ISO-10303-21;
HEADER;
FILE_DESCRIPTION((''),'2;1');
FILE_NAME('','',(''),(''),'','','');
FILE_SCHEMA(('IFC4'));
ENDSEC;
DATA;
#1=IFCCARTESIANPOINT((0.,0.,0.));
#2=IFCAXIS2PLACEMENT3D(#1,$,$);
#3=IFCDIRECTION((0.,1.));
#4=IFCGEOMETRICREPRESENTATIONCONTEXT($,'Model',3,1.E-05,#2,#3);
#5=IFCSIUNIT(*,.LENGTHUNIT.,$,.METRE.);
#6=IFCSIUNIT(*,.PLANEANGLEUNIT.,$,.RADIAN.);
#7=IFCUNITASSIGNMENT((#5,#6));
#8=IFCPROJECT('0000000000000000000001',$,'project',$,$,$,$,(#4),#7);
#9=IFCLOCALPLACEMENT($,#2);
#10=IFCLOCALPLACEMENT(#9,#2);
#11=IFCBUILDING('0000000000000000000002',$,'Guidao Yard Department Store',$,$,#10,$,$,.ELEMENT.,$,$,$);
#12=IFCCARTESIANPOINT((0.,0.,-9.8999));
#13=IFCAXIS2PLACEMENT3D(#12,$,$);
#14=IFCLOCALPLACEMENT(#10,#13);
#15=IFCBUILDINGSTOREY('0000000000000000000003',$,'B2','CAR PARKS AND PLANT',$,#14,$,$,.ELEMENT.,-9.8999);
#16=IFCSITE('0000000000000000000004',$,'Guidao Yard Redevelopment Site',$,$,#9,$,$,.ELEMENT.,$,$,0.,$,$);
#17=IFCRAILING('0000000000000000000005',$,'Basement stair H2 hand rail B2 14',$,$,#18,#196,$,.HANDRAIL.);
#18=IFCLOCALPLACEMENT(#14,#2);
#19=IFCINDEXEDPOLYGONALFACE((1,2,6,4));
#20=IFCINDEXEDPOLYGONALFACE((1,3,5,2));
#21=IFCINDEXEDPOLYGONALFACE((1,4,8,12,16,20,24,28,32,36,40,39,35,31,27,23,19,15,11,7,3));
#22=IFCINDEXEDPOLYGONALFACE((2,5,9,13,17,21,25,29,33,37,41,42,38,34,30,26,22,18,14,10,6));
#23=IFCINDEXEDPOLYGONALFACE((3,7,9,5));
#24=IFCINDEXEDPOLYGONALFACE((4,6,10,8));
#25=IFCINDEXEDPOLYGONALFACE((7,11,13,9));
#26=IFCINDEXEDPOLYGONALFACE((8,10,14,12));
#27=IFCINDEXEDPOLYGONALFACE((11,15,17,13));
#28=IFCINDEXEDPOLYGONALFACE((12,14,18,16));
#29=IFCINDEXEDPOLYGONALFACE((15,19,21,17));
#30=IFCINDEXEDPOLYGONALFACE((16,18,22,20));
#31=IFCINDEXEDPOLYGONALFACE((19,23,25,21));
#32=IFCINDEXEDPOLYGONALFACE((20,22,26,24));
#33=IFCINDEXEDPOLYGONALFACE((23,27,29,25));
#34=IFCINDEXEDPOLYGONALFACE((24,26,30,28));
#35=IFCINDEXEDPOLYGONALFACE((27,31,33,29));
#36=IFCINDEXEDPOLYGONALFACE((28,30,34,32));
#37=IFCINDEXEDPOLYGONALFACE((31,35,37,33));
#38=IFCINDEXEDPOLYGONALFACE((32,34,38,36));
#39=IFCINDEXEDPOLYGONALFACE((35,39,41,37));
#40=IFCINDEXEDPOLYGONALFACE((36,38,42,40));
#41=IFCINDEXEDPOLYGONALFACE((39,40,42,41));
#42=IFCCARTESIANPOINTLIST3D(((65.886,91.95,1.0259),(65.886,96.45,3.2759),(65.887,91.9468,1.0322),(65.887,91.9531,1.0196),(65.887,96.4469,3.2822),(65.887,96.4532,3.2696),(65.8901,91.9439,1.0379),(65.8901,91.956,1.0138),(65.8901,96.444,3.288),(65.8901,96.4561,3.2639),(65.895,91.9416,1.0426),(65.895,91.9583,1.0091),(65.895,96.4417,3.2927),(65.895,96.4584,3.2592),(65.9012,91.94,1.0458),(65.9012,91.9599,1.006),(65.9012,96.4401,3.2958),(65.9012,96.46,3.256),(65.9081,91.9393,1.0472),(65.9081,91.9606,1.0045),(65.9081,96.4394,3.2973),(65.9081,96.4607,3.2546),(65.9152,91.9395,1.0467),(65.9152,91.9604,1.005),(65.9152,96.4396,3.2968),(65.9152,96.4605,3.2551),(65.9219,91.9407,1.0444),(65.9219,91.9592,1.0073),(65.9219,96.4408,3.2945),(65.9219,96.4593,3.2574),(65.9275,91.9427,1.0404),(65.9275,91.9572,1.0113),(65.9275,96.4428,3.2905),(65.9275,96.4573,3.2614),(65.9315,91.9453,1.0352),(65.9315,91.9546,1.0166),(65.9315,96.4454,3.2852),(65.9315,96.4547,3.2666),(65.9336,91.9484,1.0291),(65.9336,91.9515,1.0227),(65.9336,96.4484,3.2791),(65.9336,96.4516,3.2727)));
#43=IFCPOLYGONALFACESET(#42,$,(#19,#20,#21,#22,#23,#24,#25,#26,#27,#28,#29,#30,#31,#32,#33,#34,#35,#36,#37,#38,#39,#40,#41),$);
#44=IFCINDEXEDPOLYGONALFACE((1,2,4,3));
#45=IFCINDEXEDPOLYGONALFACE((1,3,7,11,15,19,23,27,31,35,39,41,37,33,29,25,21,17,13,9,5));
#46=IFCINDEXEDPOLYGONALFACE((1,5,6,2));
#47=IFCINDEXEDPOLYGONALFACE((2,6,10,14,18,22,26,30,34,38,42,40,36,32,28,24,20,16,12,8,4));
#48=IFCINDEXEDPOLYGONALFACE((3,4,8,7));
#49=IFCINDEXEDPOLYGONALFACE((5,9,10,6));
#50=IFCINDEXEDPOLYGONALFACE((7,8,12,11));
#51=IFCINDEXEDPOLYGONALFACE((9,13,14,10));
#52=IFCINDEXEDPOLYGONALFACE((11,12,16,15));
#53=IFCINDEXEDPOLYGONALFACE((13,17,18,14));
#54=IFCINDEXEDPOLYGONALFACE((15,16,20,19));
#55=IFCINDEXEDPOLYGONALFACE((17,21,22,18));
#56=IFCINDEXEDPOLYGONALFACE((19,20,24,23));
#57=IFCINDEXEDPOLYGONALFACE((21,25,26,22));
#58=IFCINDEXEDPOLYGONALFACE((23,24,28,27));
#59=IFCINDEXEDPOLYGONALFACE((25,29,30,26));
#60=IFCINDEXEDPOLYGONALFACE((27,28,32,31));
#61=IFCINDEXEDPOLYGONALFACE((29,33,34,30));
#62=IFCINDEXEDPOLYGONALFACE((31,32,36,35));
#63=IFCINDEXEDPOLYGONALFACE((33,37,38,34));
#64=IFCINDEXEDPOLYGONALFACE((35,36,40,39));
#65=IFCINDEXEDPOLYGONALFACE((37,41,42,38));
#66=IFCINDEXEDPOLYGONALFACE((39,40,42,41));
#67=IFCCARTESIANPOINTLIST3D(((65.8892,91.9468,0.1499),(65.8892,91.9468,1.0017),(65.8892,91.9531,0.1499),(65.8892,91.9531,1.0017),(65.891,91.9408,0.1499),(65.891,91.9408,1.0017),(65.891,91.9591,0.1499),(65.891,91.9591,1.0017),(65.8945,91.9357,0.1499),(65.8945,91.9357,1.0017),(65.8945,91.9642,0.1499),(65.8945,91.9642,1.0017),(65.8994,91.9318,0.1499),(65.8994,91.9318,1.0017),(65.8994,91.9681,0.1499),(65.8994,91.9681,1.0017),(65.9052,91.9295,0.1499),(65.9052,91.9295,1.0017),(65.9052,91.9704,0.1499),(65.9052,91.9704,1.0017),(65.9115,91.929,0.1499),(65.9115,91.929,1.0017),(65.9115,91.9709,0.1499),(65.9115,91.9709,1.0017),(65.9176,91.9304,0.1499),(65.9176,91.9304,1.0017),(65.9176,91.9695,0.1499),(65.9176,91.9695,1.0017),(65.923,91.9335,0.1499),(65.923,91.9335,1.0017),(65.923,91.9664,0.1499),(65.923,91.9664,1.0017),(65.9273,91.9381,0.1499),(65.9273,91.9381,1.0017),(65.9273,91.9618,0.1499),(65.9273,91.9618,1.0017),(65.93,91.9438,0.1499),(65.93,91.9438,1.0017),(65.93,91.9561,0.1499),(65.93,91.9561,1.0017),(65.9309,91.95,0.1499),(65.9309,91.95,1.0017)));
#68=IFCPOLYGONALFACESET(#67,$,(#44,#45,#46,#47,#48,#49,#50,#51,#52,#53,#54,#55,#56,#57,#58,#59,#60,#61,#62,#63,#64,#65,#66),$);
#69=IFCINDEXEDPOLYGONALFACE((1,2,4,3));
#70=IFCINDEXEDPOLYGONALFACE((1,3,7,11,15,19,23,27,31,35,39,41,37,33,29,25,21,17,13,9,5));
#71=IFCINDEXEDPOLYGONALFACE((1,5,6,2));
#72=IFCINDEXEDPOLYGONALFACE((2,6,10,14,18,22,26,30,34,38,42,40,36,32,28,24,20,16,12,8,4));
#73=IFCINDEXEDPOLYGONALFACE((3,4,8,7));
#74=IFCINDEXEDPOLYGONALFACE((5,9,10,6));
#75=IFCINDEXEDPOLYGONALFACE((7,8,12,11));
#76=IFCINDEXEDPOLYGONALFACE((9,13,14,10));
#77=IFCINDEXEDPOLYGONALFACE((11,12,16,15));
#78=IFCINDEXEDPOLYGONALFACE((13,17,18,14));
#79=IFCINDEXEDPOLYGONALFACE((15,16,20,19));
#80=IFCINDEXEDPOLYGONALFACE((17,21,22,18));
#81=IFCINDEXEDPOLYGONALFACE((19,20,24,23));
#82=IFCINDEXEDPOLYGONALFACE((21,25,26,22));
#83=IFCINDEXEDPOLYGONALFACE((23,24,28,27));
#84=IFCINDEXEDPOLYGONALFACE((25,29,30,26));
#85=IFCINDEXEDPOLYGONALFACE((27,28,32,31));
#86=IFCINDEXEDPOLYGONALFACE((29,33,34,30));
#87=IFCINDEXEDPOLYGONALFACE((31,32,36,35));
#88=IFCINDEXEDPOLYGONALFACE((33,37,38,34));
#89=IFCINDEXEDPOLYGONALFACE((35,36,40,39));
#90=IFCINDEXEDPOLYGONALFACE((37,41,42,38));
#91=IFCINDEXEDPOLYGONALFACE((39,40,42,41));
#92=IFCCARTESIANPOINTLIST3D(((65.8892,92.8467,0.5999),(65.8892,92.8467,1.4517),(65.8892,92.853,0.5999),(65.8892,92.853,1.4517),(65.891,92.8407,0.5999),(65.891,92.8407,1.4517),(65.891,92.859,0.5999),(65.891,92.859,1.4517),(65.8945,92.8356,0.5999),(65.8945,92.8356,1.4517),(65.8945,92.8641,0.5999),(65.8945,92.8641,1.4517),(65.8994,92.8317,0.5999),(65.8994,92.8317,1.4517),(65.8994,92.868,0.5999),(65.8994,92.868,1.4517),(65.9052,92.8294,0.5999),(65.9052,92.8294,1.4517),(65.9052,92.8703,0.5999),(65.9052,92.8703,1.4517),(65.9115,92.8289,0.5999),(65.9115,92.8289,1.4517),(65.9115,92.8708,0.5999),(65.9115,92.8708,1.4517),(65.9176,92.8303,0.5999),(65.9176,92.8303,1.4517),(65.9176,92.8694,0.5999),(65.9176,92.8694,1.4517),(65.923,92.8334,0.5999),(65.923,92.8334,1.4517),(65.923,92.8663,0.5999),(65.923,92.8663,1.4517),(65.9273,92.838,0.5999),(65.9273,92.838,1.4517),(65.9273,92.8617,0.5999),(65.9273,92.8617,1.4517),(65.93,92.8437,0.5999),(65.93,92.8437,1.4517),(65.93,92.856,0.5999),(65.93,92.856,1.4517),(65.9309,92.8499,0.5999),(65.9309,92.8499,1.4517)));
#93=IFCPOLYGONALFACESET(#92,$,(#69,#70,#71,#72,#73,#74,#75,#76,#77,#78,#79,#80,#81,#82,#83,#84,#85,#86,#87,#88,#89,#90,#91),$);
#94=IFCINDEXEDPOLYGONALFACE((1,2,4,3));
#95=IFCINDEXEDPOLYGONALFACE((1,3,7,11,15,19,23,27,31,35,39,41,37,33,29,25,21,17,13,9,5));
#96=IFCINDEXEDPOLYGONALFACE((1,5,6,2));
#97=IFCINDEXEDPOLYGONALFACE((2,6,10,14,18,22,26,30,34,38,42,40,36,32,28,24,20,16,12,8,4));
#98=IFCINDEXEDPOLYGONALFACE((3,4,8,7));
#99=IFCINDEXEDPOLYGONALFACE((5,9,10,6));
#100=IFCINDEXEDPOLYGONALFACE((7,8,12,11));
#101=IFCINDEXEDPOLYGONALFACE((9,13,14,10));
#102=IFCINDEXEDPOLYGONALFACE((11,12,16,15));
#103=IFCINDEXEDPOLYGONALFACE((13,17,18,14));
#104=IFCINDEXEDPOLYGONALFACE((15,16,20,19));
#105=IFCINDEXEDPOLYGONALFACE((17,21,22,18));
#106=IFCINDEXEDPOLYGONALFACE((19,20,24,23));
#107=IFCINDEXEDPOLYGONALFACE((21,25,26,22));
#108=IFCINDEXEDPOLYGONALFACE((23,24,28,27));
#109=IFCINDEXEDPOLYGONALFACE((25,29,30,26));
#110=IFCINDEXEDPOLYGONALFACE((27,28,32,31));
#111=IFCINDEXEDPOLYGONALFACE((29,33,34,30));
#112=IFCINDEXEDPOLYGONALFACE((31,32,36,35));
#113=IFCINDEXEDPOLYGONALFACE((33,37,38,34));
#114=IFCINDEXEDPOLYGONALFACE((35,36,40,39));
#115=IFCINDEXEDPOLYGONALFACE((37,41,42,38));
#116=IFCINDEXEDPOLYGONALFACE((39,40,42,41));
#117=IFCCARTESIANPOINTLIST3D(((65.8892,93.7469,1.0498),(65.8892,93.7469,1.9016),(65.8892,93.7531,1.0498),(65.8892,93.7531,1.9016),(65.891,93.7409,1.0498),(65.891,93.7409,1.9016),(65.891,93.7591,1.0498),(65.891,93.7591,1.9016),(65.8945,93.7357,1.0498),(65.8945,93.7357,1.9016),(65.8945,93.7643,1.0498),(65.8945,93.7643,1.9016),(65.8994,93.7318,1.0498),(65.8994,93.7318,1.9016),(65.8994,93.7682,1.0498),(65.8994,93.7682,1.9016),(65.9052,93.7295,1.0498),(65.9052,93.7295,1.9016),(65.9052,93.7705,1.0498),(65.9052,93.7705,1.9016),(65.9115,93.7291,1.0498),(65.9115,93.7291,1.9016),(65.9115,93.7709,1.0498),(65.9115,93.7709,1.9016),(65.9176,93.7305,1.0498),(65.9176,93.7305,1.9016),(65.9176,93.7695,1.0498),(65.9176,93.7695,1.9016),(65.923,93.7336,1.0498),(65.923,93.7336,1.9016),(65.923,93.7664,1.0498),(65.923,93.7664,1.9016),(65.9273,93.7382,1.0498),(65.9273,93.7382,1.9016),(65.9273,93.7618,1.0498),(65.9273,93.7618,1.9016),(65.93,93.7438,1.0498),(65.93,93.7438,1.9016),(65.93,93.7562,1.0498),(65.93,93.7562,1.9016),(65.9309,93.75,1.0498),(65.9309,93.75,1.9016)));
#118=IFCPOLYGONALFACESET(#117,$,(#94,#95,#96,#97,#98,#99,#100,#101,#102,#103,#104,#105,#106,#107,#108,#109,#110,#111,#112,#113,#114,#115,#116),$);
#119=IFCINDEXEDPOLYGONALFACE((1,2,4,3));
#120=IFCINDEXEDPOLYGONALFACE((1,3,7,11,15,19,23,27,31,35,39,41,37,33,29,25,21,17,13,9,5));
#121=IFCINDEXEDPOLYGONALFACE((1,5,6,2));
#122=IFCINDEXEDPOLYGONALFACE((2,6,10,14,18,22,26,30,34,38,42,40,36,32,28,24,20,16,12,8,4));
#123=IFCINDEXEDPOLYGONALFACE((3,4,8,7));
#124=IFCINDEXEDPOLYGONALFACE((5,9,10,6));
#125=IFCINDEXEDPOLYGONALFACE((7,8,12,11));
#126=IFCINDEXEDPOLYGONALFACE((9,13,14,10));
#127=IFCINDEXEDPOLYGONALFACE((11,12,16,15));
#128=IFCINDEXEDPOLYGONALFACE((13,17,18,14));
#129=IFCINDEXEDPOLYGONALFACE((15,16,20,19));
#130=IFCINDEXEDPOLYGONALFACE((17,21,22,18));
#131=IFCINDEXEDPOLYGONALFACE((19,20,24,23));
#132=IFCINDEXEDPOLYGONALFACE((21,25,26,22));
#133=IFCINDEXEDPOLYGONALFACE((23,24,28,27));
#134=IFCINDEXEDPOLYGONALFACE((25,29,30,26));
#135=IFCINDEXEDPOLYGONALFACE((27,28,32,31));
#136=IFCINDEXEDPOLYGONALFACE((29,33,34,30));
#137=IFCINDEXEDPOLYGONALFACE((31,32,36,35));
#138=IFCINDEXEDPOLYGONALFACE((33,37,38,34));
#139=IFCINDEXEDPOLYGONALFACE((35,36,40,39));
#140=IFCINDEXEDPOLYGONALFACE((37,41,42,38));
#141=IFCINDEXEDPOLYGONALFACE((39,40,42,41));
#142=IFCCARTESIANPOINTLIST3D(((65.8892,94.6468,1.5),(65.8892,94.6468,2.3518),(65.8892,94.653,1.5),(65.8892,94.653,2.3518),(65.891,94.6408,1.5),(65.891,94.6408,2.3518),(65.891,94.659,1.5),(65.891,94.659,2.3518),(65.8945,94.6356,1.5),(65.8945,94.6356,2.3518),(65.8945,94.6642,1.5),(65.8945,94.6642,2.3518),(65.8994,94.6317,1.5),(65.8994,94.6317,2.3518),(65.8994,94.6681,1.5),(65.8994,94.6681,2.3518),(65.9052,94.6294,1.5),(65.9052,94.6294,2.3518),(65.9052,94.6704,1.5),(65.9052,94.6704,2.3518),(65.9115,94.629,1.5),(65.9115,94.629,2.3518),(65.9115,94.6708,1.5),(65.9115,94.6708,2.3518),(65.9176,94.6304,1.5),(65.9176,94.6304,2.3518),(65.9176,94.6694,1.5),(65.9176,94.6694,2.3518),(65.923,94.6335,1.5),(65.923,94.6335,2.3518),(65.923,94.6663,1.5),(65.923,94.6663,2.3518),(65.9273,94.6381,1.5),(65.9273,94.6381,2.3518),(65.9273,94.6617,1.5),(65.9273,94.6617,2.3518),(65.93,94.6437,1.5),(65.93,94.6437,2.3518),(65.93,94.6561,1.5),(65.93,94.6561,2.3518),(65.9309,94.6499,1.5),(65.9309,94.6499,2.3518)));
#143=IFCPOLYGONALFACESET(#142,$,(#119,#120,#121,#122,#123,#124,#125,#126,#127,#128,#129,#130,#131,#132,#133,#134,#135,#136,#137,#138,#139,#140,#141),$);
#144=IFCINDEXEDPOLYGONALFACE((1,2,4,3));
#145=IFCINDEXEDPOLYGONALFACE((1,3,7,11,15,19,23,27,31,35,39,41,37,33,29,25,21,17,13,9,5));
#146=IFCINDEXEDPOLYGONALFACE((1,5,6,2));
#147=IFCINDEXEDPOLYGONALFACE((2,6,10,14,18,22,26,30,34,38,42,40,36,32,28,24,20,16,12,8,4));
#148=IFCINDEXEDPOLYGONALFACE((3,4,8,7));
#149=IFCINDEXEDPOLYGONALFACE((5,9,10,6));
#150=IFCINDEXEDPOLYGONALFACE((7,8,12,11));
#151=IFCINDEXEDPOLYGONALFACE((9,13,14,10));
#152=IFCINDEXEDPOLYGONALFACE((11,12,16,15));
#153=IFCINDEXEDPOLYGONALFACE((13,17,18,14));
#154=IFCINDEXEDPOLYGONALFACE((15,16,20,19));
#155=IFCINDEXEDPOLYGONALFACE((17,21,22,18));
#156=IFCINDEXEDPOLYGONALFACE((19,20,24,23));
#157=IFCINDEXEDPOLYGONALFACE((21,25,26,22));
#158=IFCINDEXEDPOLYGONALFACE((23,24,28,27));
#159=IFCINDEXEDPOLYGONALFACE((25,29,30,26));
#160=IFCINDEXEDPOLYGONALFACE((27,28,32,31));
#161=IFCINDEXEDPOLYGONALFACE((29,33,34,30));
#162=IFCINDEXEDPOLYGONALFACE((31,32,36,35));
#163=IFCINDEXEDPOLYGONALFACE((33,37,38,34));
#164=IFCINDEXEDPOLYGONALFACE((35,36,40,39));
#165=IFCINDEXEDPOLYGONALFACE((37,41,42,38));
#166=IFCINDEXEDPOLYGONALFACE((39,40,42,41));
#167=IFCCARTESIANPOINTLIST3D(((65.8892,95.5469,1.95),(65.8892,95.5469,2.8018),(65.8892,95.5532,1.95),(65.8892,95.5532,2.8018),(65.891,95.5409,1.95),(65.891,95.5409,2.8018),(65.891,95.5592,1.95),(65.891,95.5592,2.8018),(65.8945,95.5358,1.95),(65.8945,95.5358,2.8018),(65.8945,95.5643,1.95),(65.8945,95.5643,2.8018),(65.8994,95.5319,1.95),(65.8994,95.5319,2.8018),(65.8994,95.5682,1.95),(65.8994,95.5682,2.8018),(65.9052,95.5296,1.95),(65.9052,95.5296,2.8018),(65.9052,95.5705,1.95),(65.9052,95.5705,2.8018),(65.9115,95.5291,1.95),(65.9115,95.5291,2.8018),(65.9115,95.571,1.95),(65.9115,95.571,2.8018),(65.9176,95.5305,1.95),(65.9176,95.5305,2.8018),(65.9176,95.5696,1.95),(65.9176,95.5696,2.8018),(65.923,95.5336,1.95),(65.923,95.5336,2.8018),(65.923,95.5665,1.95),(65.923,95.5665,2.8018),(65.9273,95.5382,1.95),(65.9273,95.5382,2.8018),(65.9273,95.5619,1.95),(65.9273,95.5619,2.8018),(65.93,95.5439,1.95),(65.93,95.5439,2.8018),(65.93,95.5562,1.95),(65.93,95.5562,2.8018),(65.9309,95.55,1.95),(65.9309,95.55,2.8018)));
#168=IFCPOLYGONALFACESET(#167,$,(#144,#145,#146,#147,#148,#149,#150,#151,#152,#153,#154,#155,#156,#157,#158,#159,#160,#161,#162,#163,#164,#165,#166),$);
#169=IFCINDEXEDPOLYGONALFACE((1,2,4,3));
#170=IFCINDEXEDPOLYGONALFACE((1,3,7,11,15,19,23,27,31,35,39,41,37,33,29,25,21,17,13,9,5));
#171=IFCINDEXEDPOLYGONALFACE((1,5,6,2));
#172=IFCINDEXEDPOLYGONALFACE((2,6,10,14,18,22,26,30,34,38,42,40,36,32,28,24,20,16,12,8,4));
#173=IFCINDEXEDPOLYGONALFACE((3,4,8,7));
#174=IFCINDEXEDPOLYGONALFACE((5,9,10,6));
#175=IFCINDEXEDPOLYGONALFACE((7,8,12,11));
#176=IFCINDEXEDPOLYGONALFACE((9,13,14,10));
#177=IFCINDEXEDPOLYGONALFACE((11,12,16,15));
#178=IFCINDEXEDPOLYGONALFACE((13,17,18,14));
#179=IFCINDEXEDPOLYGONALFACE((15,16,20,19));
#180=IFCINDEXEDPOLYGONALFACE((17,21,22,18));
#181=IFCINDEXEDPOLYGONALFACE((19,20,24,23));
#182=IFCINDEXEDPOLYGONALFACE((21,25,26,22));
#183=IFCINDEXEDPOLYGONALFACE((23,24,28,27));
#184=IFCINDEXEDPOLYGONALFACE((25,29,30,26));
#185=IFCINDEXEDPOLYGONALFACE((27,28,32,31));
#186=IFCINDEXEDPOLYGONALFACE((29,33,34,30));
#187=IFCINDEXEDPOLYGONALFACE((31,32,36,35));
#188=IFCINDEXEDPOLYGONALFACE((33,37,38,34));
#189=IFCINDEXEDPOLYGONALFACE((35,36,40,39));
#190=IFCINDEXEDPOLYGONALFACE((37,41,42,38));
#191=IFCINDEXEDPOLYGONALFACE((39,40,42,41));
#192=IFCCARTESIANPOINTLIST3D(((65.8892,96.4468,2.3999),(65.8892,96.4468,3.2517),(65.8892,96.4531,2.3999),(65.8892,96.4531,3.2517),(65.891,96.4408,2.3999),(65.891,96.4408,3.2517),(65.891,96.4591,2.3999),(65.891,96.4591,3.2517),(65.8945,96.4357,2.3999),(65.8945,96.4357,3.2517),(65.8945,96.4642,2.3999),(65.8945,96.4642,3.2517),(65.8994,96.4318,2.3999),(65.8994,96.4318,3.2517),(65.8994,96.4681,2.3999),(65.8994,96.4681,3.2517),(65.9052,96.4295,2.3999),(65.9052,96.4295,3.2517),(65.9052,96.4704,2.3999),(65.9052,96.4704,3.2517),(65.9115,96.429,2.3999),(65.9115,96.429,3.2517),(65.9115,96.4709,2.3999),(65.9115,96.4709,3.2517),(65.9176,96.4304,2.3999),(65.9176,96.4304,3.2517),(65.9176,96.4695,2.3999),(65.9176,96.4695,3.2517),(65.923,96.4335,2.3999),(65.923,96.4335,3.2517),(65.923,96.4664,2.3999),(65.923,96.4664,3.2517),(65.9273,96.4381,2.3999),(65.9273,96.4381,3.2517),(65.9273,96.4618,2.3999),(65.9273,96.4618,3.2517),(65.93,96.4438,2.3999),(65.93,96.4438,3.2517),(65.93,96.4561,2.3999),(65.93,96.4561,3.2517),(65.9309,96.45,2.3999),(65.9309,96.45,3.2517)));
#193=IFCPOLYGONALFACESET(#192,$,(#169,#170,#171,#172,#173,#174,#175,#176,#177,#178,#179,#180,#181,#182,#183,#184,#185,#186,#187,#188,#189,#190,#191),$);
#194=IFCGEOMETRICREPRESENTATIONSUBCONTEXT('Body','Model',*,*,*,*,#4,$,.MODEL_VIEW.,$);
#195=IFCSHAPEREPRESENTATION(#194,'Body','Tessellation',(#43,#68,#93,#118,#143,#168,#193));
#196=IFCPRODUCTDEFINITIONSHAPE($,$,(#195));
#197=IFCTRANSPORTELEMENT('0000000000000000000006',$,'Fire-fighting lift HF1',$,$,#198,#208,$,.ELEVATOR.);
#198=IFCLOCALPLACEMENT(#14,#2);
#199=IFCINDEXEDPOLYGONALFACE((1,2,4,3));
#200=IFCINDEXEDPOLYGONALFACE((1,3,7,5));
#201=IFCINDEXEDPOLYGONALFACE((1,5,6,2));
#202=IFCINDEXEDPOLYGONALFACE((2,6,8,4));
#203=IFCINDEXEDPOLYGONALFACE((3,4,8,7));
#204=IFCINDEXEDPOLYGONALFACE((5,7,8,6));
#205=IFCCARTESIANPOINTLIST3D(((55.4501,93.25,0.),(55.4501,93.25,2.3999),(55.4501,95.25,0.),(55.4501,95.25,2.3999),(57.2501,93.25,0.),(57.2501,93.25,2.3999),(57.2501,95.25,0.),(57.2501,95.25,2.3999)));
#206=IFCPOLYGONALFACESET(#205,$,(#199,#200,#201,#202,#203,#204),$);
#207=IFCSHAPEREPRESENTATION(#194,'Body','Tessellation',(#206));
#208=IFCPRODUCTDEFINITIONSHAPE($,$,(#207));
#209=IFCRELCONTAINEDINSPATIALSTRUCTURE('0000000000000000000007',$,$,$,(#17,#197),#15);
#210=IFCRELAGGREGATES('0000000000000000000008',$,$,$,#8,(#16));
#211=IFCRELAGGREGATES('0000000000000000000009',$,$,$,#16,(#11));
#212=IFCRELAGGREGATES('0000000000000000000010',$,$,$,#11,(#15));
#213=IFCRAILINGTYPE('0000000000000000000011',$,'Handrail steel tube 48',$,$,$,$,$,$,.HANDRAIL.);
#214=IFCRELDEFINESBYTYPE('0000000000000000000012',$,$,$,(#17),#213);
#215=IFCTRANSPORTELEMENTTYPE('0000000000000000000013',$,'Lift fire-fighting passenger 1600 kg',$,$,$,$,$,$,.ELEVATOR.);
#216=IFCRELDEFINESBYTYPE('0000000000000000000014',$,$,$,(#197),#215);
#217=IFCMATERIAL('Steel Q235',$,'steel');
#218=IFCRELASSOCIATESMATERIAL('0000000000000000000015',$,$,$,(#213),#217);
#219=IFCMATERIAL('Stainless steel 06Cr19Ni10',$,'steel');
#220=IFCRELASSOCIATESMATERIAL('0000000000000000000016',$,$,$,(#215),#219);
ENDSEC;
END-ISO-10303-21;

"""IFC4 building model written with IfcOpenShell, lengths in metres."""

from ifc_helpers import new_model, si_unit, direction, frame, origin, origin_2d, place, context, subcontext, project, spatial, rectangle, circle, extrude, material, type_object, element, save


model = new_model("IFC4")

# Units and contexts
model_context = context("Model", 3, precision=1e-05, world=origin(), true_north=direction((0.0, 1.0)))
body_context = subcontext(model_context, "Body", "Model", "MODEL_VIEW")
ifc_project = project(units=[si_unit("LENGTHUNIT", "METRE"), si_unit("PLANEANGLEUNIT", "RADIAN")], contexts=[model_context])

# Site, building, storey
site_placement = place(None, origin())
site = spatial("IfcSite", under=ifc_project, at=site_placement, Name="Guidao Yard Redevelopment Site", CompositionType="ELEMENT", RefElevation=0.0)
building_placement = place(site_placement, origin())
building = spatial("IfcBuilding", under=site, at=building_placement, Name="Guidao Yard Department Store", CompositionType="ELEMENT")
storey_placement = place(building_placement, frame((0.0, 0.0, -9.8999)))
storey = spatial("IfcBuildingStorey", under=building, at=storey_placement, Name="B2", Description="CAR PARKS AND PLANT", CompositionType="ELEMENT", Elevation=-9.8999)

# Railing
ifc_material_1 = material(Name="Steel Q235", Category="steel")
railing_type_1 = type_object("IfcRailingType", Name="Handrail steel tube 48", PredefinedType="HANDRAIL", material=ifc_material_1)
for number, where, name in (
    (1, (65.9099, 91.95, 0.1499), "Basement stair H2 hand rail B2 14"),
):
    element("IfcRailing", number, at=place(storey_placement, frame(where)), inside=storey, type_object=railing_type_1, Name=name, PredefinedType="HANDRAIL", context=body_context, shape_type="SweptSolid", body=[
        extrude(circle(Radius=0.0239, at=origin_2d()), frame((0.0, 0.0, 0.876), z_axis=(0.0, 0.894427, 0.447214), x_axis=(-1.0, 0.0, 0.0)), (0.0, 0.0, 1.0), 5.0312),
        extrude(circle(Radius=0.021, at=origin_2d()), origin(), (0.0, 0.0, 1.0), 0.8518),
        extrude(circle(Radius=0.021, at=origin_2d()), frame((0.0, 0.8999, 0.45)), (0.0, 0.0, 1.0), 0.8518),
        extrude(circle(Radius=0.021, at=origin_2d()), frame((0.0, 1.8, 0.8999)), (0.0, 0.0, 1.0), 0.8518),
        extrude(circle(Radius=0.021, at=origin_2d()), frame((0.0, 2.7, 1.3501)), (0.0, 0.0, 1.0), 0.8518),
        extrude(circle(Radius=0.021, at=origin_2d()), frame((0.0, 3.6001, 1.8)), (0.0, 0.0, 1.0), 0.8518),
        extrude(circle(Radius=0.021, at=origin_2d()), frame((0.0, 4.5, 2.25)), (0.0, 0.0, 1.0), 0.8518),
    ])

# Transport element
ifc_material_2 = material(Name="Stainless steel 06Cr19Ni10", Category="steel")
transport_element_type = type_object("IfcTransportElementType", Name="Lift fire-fighting passenger 1600 kg", PredefinedType="ELEVATOR", material=ifc_material_2)
for number, where, z_axis, x_axis, name in (
    (2, (56.3501, 94.25, 0.0), (0.0, 0.0, 1.0), (1.0, 0.0, 0.0), "Fire-fighting lift HF1"),
):
    element("IfcTransportElement", number, at=place(storey_placement, frame(where, z_axis=z_axis, x_axis=x_axis)), inside=storey, type_object=transport_element_type, Name=name, PredefinedType="ELEVATOR", context=body_context, shape_type="SweptSolid", body=[
        extrude(rectangle(XDim=1.8, YDim=2.0, at=origin_2d()), origin(), (0.0, 0.0, 1.0), 2.3999),
    ])

save(model, "model.ifc")
